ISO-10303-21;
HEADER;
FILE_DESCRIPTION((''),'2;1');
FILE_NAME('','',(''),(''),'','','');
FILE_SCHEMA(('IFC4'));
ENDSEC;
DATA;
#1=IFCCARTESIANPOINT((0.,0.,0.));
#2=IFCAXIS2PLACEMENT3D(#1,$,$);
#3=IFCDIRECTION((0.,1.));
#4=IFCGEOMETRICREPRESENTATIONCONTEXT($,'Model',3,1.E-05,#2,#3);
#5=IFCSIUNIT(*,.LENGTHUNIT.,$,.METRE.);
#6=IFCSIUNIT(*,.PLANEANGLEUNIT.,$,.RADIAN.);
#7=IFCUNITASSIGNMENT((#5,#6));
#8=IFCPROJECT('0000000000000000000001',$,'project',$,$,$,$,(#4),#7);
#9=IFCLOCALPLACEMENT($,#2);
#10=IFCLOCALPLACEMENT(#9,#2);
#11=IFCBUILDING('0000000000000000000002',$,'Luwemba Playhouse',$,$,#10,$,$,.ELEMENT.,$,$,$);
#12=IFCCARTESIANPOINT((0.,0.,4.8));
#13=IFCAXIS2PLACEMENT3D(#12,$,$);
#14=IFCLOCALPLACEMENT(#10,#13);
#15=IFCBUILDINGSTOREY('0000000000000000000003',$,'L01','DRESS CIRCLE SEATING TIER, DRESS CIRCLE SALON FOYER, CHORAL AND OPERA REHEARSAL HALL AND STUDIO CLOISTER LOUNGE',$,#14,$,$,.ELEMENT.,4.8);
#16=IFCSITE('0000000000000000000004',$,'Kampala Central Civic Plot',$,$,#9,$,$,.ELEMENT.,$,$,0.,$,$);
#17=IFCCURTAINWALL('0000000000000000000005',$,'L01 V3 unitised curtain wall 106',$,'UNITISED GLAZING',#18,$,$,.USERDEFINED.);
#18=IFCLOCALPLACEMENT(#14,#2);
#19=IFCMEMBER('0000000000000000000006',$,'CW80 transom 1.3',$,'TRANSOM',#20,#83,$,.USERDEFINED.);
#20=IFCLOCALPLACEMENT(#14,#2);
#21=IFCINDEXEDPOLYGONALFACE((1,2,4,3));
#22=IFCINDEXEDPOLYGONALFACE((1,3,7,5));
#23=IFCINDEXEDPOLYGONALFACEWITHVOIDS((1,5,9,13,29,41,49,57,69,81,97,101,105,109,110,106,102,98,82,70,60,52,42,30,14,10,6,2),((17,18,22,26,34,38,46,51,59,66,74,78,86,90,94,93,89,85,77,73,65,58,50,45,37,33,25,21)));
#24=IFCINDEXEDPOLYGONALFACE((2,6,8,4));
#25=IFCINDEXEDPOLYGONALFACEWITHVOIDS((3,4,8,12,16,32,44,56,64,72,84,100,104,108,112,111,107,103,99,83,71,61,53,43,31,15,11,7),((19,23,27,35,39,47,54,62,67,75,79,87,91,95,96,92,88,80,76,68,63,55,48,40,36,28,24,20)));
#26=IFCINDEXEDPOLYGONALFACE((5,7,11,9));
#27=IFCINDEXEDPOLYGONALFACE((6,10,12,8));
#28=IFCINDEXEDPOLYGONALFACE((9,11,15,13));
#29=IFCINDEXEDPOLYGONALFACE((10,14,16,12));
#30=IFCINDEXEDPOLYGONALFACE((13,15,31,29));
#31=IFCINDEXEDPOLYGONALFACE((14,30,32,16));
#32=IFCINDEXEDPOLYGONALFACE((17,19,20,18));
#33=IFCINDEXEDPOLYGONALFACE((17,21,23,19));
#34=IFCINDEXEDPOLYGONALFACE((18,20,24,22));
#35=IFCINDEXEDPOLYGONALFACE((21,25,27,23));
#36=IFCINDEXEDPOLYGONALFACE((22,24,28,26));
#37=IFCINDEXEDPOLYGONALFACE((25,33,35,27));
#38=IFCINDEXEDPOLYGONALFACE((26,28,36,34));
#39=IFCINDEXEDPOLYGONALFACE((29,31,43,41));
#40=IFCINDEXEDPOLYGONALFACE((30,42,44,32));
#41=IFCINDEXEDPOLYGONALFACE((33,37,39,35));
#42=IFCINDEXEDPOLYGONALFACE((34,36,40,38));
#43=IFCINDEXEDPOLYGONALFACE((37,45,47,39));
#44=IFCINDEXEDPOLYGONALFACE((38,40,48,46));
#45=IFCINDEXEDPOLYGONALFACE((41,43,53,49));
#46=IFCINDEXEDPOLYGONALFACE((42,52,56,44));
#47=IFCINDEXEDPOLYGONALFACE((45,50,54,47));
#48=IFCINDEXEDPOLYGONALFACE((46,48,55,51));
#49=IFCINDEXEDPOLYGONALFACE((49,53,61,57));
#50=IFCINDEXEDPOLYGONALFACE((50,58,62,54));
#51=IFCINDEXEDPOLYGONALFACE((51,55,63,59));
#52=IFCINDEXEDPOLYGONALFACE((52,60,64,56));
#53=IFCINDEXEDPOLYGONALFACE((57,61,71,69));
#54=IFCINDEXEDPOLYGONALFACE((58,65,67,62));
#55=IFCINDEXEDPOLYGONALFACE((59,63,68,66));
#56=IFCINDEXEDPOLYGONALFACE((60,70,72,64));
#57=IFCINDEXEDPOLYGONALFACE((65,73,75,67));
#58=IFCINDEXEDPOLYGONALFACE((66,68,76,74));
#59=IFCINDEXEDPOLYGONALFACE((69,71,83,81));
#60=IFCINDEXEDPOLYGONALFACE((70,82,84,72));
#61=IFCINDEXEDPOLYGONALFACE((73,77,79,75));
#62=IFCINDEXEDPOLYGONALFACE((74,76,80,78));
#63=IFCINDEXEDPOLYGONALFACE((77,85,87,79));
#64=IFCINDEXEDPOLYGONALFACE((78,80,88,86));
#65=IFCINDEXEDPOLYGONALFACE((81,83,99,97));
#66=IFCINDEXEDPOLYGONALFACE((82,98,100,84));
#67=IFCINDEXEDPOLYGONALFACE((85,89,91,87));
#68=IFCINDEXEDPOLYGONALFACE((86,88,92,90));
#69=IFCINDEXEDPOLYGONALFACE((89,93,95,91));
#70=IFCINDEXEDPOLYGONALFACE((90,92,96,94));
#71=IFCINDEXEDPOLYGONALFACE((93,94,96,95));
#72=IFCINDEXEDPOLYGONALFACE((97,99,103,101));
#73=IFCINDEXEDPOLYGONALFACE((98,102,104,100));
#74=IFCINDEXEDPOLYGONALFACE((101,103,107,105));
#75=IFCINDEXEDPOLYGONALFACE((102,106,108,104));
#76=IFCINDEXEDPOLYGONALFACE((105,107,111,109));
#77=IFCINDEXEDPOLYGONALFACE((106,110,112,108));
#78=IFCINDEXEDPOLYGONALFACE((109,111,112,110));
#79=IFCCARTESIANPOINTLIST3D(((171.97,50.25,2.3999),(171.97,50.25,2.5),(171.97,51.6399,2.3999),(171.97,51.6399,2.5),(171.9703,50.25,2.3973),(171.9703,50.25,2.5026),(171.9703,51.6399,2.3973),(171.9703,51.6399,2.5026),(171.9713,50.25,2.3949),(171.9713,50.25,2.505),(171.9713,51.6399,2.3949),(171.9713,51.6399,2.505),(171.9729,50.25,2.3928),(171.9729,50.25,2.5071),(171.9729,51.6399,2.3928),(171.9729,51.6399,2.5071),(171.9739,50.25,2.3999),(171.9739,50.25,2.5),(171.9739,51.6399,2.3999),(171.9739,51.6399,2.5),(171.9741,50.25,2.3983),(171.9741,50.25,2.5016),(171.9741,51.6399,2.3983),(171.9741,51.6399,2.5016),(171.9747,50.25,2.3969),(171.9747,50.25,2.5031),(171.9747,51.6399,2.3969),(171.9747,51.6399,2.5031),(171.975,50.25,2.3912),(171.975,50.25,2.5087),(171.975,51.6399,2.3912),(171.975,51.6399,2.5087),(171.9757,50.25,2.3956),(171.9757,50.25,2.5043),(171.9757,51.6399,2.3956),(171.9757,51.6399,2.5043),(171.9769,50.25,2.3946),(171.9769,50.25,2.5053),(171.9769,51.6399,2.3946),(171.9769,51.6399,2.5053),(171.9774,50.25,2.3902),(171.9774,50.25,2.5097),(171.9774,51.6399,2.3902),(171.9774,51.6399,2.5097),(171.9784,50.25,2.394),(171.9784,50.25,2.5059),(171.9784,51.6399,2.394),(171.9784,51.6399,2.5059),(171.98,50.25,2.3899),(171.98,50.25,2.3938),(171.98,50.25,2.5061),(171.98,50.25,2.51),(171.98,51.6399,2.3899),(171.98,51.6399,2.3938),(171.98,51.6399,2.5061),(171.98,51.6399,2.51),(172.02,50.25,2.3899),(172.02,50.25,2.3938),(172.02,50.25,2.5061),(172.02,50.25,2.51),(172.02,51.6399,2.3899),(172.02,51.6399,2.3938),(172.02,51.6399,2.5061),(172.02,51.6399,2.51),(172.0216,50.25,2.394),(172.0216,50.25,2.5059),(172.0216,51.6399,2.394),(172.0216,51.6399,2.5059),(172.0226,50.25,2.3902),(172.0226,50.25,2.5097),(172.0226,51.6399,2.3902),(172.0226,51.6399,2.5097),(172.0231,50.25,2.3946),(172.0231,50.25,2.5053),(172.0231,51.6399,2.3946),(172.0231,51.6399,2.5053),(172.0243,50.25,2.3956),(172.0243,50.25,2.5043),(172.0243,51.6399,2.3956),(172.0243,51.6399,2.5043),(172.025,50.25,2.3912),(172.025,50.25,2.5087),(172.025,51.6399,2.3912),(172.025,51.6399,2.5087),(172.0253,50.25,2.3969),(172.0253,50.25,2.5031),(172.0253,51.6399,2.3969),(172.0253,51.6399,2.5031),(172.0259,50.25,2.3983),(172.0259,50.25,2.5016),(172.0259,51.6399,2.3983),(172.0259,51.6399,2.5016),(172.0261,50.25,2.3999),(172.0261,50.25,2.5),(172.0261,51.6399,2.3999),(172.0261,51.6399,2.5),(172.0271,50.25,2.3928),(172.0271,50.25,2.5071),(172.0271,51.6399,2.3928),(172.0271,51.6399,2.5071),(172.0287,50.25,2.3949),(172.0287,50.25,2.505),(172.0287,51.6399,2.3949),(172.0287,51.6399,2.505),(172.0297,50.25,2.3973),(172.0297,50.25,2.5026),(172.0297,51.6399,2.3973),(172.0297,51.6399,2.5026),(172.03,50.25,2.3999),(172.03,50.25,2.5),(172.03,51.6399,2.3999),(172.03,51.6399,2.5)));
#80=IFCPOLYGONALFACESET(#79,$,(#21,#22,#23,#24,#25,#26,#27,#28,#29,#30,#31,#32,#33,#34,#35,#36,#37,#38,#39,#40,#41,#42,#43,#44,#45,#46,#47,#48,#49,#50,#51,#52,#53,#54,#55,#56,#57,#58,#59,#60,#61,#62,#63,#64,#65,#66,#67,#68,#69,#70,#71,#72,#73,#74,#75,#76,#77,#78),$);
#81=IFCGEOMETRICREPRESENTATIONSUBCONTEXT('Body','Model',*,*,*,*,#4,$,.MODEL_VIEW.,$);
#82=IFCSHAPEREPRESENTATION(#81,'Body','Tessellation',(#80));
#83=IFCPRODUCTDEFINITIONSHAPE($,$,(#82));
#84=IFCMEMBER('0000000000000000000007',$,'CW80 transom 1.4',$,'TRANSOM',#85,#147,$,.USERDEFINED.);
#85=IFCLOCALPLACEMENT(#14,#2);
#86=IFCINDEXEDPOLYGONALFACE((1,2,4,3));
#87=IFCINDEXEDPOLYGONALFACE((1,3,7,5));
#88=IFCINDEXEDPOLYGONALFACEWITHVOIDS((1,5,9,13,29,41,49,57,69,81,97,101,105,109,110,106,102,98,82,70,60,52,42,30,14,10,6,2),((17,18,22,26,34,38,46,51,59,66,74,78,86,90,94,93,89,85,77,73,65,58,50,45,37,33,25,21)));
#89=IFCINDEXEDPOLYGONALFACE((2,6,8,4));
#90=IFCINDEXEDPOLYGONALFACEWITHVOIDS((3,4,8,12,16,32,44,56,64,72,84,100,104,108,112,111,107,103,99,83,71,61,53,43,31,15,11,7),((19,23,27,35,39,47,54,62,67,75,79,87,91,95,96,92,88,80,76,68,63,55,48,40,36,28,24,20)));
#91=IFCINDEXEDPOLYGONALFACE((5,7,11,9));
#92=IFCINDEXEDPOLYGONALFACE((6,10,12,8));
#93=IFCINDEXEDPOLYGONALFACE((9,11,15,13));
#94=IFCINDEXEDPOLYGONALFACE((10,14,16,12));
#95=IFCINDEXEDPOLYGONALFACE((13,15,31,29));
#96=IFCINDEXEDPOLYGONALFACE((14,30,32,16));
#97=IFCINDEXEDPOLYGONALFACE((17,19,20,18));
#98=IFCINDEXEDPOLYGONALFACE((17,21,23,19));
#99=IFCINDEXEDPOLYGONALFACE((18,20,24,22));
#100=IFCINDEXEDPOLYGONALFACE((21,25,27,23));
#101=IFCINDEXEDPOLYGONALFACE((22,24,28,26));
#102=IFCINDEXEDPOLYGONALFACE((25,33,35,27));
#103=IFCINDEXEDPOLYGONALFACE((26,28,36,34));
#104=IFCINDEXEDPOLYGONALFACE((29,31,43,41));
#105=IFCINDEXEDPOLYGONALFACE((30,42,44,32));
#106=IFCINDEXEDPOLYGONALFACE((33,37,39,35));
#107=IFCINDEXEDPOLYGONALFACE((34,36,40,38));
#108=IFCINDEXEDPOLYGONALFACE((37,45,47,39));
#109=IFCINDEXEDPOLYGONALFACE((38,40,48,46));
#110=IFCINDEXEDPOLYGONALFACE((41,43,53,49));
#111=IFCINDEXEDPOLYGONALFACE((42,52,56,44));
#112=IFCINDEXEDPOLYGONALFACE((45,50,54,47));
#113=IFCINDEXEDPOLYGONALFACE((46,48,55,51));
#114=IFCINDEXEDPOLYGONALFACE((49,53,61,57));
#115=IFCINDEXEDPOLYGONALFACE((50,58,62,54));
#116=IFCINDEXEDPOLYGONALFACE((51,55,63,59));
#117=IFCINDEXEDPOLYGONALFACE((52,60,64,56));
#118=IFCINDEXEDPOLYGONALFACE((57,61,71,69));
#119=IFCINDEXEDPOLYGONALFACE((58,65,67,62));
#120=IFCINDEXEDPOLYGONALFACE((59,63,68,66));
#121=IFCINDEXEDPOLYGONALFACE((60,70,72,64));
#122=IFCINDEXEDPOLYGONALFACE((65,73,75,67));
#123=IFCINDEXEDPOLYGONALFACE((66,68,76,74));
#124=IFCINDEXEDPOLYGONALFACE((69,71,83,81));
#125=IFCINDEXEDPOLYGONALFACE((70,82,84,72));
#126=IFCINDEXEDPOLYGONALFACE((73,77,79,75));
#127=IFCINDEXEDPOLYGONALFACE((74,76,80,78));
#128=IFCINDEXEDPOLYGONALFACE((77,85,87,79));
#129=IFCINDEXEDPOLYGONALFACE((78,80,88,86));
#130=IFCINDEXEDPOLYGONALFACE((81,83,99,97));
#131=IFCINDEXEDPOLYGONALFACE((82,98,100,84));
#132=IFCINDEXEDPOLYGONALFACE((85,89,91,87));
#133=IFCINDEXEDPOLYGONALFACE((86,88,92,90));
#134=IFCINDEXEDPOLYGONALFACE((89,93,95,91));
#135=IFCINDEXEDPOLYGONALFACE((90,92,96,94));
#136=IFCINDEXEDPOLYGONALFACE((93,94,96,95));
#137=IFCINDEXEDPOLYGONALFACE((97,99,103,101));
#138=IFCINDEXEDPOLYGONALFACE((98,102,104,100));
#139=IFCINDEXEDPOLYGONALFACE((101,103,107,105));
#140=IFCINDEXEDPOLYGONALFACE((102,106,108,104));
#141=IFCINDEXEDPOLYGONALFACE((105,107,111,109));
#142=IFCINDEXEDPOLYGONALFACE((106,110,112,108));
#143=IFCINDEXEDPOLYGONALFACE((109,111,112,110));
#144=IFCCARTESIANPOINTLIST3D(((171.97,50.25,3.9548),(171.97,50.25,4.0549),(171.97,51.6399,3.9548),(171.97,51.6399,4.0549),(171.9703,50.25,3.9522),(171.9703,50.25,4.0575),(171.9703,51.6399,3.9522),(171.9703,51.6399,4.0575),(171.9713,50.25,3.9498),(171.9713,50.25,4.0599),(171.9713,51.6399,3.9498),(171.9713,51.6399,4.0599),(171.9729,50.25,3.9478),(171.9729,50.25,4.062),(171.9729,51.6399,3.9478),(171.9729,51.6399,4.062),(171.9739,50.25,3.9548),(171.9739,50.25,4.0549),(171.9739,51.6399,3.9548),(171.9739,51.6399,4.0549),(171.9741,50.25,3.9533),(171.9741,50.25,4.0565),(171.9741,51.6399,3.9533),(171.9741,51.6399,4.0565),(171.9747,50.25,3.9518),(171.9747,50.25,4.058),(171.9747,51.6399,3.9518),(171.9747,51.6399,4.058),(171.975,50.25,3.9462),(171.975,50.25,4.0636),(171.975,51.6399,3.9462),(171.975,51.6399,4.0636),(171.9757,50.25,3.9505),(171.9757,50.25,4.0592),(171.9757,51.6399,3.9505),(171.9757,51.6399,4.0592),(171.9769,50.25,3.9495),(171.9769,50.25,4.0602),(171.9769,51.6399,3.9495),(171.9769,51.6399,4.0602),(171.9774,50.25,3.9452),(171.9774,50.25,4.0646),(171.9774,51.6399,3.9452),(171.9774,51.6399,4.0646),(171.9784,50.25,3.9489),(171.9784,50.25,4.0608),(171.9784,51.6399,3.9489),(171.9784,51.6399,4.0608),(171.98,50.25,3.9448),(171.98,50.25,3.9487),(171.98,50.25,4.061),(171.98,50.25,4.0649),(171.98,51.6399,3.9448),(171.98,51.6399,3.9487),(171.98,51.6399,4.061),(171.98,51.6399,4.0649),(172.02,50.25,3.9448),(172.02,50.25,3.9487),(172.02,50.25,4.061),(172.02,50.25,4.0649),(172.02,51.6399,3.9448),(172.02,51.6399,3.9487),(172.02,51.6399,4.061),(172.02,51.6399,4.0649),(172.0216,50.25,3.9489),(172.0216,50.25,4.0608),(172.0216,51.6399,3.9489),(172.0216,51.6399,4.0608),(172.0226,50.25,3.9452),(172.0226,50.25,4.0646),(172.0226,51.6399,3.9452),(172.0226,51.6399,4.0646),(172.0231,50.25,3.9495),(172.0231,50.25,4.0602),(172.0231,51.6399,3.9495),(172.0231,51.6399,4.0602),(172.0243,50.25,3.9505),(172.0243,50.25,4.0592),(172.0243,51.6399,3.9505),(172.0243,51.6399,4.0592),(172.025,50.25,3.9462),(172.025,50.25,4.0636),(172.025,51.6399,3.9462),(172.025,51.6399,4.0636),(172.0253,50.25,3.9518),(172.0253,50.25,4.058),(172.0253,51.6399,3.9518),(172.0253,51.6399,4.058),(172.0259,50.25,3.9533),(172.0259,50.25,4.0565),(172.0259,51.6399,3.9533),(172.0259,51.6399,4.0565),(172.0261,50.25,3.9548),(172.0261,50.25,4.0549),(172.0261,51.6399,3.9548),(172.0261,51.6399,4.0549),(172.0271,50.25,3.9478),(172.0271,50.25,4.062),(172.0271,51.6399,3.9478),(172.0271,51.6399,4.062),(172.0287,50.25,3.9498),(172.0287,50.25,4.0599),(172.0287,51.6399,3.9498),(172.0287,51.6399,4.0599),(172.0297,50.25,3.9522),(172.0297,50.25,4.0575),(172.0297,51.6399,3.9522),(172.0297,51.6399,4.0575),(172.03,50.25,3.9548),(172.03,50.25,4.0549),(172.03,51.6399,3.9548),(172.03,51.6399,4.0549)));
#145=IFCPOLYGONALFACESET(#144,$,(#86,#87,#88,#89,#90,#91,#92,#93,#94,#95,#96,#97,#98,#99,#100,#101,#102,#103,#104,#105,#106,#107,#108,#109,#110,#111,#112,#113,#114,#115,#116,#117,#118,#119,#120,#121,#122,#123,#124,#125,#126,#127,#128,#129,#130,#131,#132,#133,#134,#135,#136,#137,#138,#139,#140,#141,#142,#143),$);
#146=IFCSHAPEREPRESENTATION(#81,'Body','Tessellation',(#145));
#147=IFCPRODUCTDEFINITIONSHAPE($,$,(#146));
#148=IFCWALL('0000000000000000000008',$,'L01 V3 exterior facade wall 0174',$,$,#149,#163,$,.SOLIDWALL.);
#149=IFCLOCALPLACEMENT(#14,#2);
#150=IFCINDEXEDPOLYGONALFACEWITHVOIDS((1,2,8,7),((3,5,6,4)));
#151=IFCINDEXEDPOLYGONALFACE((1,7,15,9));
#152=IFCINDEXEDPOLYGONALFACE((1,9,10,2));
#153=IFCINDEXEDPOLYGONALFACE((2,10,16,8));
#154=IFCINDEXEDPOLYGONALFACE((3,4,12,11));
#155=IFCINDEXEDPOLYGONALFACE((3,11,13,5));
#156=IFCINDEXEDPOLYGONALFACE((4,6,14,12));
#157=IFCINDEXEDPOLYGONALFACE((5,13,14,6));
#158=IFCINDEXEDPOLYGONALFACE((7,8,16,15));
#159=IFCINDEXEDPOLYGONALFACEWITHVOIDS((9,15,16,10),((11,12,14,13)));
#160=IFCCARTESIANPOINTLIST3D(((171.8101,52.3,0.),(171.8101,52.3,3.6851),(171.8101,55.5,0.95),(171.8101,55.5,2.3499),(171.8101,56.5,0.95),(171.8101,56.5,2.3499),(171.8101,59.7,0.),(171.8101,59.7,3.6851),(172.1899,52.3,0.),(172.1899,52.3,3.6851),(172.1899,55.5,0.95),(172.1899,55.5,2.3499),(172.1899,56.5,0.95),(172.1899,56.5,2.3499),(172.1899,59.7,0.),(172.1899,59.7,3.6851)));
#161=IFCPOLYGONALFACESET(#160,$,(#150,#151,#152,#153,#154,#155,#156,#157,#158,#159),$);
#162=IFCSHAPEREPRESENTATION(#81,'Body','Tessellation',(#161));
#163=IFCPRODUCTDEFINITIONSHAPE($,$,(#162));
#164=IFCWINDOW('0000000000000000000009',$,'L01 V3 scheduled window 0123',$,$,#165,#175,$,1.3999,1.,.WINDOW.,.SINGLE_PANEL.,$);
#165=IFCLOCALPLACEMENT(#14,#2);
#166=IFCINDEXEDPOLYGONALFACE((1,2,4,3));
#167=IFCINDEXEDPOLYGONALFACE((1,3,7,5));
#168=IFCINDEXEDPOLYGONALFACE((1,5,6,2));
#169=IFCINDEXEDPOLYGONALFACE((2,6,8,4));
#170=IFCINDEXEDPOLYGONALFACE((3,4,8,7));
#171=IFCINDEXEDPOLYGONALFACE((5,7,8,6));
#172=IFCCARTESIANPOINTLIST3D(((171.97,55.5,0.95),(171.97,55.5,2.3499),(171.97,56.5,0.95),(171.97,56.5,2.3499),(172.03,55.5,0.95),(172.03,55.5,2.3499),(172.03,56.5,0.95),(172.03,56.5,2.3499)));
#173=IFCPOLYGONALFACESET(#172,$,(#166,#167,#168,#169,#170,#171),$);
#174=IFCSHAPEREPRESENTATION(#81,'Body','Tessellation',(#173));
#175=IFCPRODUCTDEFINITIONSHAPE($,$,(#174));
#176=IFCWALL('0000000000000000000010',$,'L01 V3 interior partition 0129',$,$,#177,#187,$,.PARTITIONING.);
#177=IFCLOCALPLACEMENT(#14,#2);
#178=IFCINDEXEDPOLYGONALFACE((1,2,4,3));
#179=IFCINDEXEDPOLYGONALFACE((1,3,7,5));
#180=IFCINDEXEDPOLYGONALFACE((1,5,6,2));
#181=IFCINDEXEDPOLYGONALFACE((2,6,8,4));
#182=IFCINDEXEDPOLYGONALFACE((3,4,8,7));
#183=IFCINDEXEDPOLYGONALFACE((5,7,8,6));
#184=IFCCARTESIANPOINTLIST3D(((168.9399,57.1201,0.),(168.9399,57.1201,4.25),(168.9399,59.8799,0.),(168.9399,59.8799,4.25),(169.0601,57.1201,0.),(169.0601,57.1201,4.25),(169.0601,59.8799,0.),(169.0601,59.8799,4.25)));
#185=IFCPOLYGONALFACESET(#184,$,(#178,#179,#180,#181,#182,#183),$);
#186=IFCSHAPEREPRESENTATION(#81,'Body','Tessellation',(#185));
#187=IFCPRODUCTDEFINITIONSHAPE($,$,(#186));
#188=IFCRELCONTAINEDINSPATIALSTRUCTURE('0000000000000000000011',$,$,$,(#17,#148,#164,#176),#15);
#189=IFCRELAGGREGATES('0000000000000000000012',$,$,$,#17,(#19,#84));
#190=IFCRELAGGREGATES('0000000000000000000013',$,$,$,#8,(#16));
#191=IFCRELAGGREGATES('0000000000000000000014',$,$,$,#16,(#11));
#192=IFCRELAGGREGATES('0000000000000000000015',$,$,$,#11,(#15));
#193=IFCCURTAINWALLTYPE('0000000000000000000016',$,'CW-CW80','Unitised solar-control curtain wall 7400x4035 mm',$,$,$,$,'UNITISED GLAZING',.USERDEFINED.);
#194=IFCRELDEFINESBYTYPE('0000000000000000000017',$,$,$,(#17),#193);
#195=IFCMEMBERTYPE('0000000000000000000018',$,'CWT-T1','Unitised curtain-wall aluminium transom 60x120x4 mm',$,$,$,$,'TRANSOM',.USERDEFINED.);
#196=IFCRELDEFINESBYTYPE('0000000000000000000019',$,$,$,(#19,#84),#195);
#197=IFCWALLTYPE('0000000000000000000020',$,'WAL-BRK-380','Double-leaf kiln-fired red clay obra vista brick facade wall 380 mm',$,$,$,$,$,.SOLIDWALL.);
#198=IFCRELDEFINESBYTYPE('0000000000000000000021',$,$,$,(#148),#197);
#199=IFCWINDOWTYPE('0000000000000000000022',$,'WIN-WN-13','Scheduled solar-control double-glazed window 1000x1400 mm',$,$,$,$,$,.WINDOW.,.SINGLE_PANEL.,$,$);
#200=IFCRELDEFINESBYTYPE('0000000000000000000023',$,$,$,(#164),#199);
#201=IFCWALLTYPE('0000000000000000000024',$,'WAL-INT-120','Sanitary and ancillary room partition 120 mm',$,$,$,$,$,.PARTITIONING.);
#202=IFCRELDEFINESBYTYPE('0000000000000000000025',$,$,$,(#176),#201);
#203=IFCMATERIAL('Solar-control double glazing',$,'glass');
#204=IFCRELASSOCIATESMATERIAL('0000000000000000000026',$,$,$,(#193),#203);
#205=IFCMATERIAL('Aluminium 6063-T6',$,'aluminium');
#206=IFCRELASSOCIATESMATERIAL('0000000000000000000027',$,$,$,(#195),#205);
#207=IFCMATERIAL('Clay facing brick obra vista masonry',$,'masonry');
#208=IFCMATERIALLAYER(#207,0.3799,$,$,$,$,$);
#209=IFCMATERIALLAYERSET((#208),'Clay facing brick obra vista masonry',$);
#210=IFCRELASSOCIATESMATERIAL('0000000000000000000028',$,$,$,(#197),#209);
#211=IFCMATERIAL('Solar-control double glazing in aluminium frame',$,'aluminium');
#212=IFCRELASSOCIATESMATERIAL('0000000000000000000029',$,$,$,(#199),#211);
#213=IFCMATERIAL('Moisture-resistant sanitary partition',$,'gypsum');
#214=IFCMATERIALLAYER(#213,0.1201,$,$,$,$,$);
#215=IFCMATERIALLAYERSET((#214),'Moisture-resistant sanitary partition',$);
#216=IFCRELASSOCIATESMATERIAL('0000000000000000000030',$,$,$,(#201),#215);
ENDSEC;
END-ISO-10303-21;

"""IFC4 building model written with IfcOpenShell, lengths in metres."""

from ifc_helpers import new_model, si_unit, direction, frame, frame_2d, origin, origin_2d, place, context, subcontext, project, spatial, rectangle, hollow_rectangle, extrude, material, layer, layer_set, material_profile, profile_set, type_object, element, fill, aggregate, save


model = new_model("IFC4")

# Units and contexts
model_context = context("Model", 3, precision=1e-05, world=origin(), true_north=direction((0.0, 1.0)))
body_context = subcontext(model_context, "Body", "Model", "MODEL_VIEW")
ifc_project = project(units=[si_unit("LENGTHUNIT", "METRE"), si_unit("PLANEANGLEUNIT", "RADIAN")], contexts=[model_context])

# Site, building, storey
site_placement = place(None, origin())
site = spatial("IfcSite", under=ifc_project, at=site_placement, Name="Kampala Central Civic Plot", CompositionType="ELEMENT", RefElevation=0.0)
building_placement = place(site_placement, origin())
building = spatial("IfcBuilding", under=site, at=building_placement, Name="Luwemba Playhouse", CompositionType="ELEMENT")
storey_placement = place(building_placement, frame((0.0, 0.0, 4.8)))
storey = spatial("IfcBuildingStorey", under=building, at=storey_placement, Name="L01", Description="DRESS CIRCLE SEATING TIER, DRESS CIRCLE SALON FOYER, CHORAL AND OPERA REHEARSAL HALL AND STUDIO CLOISTER LOUNGE", CompositionType="ELEMENT", Elevation=4.8)

# Curtain wall, members
ifc_material_1 = material(Name="Solar-control double glazing", Category="glass")
curtain_wall_type = type_object("IfcCurtainWallType", Name="CW-CW80", Description="Unitised solar-control curtain wall 7400x4035 mm", ElementType="UNITISED GLAZING", PredefinedType="USERDEFINED", material=ifc_material_1)
curtain_wall_placement = place(storey_placement, origin())
curtain_wall = element("IfcCurtainWall", 1, at=curtain_wall_placement, inside=storey, type_object=curtain_wall_type, Name="L01 V3 unitised curtain wall 106", ObjectType="UNITISED GLAZING", PredefinedType="USERDEFINED")
ifc_material_2 = material(Name="Aluminium 6063-T6", Category="aluminium")
ifc_material_profile_1 = material_profile(ifc_material_2, hollow_rectangle(XDim=0.0601, YDim=0.1201, WallThickness=0.0039, InnerFilletRadius=0.0061, OuterFilletRadius=0.01, at=origin_2d()))
ifc_profile_set_1 = profile_set([ifc_material_profile_1], Name="Aluminium 6063-T6")
member_type_1 = type_object("IfcMemberType", Name="CWT-T1", Description="Unitised curtain-wall aluminium transom 60x120x4 mm", ElementType="TRANSOM", PredefinedType="USERDEFINED", material=ifc_profile_set_1)
member_1_placement = place(storey_placement, frame((172.0, 51.6399, 2.45), z_axis=(0.0, -1.0, 0.0), x_axis=(1.0, 0.0, 0.0)))
member_1 = element("IfcMember", 2, at=member_1_placement, type_object=member_type_1, Name="CW80 transom 1.3", ObjectType="TRANSOM", PredefinedType="USERDEFINED", context=body_context, shape_type="SweptSolid", body=[
    extrude(hollow_rectangle(XDim=0.0601, YDim=0.1201, WallThickness=0.0039, InnerFilletRadius=0.0061, OuterFilletRadius=0.01, at=origin_2d()), origin(), (0.0, 0.0, 1.0), 1.3899),
])
member_2_placement = place(storey_placement, frame((172.0, 51.6399, 4.0049), z_axis=(0.0, -1.0, 0.0), x_axis=(1.0, 0.0, 0.0)))
member_2 = element("IfcMember", 3, at=member_2_placement, type_object=member_type_1, Name="CW80 transom 1.4", ObjectType="TRANSOM", PredefinedType="USERDEFINED", context=body_context, shape_type="SweptSolid", body=[
    extrude(hollow_rectangle(XDim=0.0601, YDim=0.1201, WallThickness=0.0039, InnerFilletRadius=0.0061, OuterFilletRadius=0.01, at=origin_2d()), origin(), (0.0, 0.0, 1.0), 1.3899),
])
aggregate(curtain_wall, [member_1, member_2])

# Wall, opening, window
ifc_material_3 = material(Name="Clay facing brick obra vista masonry", Category="masonry")
ifc_layer_1 = layer(ifc_material_3, 0.3799)
ifc_layer_set_1 = layer_set([ifc_layer_1], Name="Clay facing brick obra vista masonry")
wall_type_1 = type_object("IfcWallType", Name="WAL-BRK-380", Description="Double-leaf kiln-fired red clay obra vista brick facade wall 380 mm", PredefinedType="SOLIDWALL", material=ifc_layer_set_1)
wall_1_placement = place(storey_placement, frame((172.0, 59.7, 0.0), z_axis=(0.0, 0.0, 1.0), x_axis=(0.0, -1.0, 0.0)))
wall_1 = element("IfcWall", 4, at=wall_1_placement, inside=storey, type_object=wall_type_1, Name="L01 V3 exterior facade wall 0174", PredefinedType="SOLIDWALL", context=body_context, shape_type="SweptSolid", body=[
    extrude(rectangle(XDim=7.3999, YDim=0.3799, at=frame_2d((3.7, 0.0))), origin(), (0.0, 0.0, 1.0), 3.6851),
])
opening_1_placement = place(wall_1_placement, frame((3.2, 0.0, 0.95)))
opening_1 = element("IfcOpeningElement", 5, at=opening_1_placement, cuts=wall_1, PredefinedType="OPENING", context=body_context, shape_type="SweptSolid", body=[
    extrude(rectangle(XDim=1.0, YDim=1.3999, at=frame_2d((0.5, 0.7))), frame((0.0, 0.2, 0.0), z_axis=(0.0, -1.0, 0.0), x_axis=(1.0, 0.0, 0.0)), (0.0, 0.0, 1.0), 0.3999),
])
ifc_material_4 = material(Name="Solar-control double glazing in aluminium frame", Category="aluminium")
window_type = type_object("IfcWindowType", Name="WIN-WN-13", Description="Scheduled solar-control double-glazed window 1000x1400 mm", PartitioningType="SINGLE_PANEL", PredefinedType="WINDOW", material=ifc_material_4)
window_placement = place(opening_1_placement, origin())
window = element("IfcWindow", 6, at=window_placement, inside=storey, type_object=window_type, Name="L01 V3 scheduled window 0123", OverallHeight=1.3999, OverallWidth=1.0, PartitioningType="SINGLE_PANEL", PredefinedType="WINDOW", context=body_context, shape_type="SweptSolid", body=[
    extrude(rectangle(XDim=1.0, YDim=1.3999, at=frame_2d((0.5, 0.7))), frame((0.0, 0.03, 0.0), z_axis=(0.0, -1.0, 0.0), x_axis=(1.0, 0.0, 0.0)), (0.0, 0.0, 1.0), 0.0601),
])
fill(opening_1, window)

# Wall
ifc_material_5 = material(Name="Moisture-resistant sanitary partition", Category="gypsum")
ifc_layer_2 = layer(ifc_material_5, 0.1201)
ifc_layer_set_2 = layer_set([ifc_layer_2], Name="Moisture-resistant sanitary partition")
wall_type_2 = type_object("IfcWallType", Name="WAL-INT-120", Description="Sanitary and ancillary room partition 120 mm", PredefinedType="PARTITIONING", material=ifc_layer_set_2)
wall_2_placement = place(storey_placement, frame((169.0, 57.1201, 0.0), z_axis=(0.0, 0.0, 1.0), x_axis=(0.0, 1.0, 0.0)))
element("IfcWall", 7, at=wall_2_placement, inside=storey, type_object=wall_type_2, Name="L01 V3 interior partition 0129", PredefinedType="PARTITIONING", context=body_context, shape_type="SweptSolid", body=[
    extrude(rectangle(XDim=2.7598, YDim=0.1201, at=frame_2d((1.3799, 0.0))), origin(), (0.0, 0.0, 1.0), 4.25),
])

save(model, "model.ifc")
